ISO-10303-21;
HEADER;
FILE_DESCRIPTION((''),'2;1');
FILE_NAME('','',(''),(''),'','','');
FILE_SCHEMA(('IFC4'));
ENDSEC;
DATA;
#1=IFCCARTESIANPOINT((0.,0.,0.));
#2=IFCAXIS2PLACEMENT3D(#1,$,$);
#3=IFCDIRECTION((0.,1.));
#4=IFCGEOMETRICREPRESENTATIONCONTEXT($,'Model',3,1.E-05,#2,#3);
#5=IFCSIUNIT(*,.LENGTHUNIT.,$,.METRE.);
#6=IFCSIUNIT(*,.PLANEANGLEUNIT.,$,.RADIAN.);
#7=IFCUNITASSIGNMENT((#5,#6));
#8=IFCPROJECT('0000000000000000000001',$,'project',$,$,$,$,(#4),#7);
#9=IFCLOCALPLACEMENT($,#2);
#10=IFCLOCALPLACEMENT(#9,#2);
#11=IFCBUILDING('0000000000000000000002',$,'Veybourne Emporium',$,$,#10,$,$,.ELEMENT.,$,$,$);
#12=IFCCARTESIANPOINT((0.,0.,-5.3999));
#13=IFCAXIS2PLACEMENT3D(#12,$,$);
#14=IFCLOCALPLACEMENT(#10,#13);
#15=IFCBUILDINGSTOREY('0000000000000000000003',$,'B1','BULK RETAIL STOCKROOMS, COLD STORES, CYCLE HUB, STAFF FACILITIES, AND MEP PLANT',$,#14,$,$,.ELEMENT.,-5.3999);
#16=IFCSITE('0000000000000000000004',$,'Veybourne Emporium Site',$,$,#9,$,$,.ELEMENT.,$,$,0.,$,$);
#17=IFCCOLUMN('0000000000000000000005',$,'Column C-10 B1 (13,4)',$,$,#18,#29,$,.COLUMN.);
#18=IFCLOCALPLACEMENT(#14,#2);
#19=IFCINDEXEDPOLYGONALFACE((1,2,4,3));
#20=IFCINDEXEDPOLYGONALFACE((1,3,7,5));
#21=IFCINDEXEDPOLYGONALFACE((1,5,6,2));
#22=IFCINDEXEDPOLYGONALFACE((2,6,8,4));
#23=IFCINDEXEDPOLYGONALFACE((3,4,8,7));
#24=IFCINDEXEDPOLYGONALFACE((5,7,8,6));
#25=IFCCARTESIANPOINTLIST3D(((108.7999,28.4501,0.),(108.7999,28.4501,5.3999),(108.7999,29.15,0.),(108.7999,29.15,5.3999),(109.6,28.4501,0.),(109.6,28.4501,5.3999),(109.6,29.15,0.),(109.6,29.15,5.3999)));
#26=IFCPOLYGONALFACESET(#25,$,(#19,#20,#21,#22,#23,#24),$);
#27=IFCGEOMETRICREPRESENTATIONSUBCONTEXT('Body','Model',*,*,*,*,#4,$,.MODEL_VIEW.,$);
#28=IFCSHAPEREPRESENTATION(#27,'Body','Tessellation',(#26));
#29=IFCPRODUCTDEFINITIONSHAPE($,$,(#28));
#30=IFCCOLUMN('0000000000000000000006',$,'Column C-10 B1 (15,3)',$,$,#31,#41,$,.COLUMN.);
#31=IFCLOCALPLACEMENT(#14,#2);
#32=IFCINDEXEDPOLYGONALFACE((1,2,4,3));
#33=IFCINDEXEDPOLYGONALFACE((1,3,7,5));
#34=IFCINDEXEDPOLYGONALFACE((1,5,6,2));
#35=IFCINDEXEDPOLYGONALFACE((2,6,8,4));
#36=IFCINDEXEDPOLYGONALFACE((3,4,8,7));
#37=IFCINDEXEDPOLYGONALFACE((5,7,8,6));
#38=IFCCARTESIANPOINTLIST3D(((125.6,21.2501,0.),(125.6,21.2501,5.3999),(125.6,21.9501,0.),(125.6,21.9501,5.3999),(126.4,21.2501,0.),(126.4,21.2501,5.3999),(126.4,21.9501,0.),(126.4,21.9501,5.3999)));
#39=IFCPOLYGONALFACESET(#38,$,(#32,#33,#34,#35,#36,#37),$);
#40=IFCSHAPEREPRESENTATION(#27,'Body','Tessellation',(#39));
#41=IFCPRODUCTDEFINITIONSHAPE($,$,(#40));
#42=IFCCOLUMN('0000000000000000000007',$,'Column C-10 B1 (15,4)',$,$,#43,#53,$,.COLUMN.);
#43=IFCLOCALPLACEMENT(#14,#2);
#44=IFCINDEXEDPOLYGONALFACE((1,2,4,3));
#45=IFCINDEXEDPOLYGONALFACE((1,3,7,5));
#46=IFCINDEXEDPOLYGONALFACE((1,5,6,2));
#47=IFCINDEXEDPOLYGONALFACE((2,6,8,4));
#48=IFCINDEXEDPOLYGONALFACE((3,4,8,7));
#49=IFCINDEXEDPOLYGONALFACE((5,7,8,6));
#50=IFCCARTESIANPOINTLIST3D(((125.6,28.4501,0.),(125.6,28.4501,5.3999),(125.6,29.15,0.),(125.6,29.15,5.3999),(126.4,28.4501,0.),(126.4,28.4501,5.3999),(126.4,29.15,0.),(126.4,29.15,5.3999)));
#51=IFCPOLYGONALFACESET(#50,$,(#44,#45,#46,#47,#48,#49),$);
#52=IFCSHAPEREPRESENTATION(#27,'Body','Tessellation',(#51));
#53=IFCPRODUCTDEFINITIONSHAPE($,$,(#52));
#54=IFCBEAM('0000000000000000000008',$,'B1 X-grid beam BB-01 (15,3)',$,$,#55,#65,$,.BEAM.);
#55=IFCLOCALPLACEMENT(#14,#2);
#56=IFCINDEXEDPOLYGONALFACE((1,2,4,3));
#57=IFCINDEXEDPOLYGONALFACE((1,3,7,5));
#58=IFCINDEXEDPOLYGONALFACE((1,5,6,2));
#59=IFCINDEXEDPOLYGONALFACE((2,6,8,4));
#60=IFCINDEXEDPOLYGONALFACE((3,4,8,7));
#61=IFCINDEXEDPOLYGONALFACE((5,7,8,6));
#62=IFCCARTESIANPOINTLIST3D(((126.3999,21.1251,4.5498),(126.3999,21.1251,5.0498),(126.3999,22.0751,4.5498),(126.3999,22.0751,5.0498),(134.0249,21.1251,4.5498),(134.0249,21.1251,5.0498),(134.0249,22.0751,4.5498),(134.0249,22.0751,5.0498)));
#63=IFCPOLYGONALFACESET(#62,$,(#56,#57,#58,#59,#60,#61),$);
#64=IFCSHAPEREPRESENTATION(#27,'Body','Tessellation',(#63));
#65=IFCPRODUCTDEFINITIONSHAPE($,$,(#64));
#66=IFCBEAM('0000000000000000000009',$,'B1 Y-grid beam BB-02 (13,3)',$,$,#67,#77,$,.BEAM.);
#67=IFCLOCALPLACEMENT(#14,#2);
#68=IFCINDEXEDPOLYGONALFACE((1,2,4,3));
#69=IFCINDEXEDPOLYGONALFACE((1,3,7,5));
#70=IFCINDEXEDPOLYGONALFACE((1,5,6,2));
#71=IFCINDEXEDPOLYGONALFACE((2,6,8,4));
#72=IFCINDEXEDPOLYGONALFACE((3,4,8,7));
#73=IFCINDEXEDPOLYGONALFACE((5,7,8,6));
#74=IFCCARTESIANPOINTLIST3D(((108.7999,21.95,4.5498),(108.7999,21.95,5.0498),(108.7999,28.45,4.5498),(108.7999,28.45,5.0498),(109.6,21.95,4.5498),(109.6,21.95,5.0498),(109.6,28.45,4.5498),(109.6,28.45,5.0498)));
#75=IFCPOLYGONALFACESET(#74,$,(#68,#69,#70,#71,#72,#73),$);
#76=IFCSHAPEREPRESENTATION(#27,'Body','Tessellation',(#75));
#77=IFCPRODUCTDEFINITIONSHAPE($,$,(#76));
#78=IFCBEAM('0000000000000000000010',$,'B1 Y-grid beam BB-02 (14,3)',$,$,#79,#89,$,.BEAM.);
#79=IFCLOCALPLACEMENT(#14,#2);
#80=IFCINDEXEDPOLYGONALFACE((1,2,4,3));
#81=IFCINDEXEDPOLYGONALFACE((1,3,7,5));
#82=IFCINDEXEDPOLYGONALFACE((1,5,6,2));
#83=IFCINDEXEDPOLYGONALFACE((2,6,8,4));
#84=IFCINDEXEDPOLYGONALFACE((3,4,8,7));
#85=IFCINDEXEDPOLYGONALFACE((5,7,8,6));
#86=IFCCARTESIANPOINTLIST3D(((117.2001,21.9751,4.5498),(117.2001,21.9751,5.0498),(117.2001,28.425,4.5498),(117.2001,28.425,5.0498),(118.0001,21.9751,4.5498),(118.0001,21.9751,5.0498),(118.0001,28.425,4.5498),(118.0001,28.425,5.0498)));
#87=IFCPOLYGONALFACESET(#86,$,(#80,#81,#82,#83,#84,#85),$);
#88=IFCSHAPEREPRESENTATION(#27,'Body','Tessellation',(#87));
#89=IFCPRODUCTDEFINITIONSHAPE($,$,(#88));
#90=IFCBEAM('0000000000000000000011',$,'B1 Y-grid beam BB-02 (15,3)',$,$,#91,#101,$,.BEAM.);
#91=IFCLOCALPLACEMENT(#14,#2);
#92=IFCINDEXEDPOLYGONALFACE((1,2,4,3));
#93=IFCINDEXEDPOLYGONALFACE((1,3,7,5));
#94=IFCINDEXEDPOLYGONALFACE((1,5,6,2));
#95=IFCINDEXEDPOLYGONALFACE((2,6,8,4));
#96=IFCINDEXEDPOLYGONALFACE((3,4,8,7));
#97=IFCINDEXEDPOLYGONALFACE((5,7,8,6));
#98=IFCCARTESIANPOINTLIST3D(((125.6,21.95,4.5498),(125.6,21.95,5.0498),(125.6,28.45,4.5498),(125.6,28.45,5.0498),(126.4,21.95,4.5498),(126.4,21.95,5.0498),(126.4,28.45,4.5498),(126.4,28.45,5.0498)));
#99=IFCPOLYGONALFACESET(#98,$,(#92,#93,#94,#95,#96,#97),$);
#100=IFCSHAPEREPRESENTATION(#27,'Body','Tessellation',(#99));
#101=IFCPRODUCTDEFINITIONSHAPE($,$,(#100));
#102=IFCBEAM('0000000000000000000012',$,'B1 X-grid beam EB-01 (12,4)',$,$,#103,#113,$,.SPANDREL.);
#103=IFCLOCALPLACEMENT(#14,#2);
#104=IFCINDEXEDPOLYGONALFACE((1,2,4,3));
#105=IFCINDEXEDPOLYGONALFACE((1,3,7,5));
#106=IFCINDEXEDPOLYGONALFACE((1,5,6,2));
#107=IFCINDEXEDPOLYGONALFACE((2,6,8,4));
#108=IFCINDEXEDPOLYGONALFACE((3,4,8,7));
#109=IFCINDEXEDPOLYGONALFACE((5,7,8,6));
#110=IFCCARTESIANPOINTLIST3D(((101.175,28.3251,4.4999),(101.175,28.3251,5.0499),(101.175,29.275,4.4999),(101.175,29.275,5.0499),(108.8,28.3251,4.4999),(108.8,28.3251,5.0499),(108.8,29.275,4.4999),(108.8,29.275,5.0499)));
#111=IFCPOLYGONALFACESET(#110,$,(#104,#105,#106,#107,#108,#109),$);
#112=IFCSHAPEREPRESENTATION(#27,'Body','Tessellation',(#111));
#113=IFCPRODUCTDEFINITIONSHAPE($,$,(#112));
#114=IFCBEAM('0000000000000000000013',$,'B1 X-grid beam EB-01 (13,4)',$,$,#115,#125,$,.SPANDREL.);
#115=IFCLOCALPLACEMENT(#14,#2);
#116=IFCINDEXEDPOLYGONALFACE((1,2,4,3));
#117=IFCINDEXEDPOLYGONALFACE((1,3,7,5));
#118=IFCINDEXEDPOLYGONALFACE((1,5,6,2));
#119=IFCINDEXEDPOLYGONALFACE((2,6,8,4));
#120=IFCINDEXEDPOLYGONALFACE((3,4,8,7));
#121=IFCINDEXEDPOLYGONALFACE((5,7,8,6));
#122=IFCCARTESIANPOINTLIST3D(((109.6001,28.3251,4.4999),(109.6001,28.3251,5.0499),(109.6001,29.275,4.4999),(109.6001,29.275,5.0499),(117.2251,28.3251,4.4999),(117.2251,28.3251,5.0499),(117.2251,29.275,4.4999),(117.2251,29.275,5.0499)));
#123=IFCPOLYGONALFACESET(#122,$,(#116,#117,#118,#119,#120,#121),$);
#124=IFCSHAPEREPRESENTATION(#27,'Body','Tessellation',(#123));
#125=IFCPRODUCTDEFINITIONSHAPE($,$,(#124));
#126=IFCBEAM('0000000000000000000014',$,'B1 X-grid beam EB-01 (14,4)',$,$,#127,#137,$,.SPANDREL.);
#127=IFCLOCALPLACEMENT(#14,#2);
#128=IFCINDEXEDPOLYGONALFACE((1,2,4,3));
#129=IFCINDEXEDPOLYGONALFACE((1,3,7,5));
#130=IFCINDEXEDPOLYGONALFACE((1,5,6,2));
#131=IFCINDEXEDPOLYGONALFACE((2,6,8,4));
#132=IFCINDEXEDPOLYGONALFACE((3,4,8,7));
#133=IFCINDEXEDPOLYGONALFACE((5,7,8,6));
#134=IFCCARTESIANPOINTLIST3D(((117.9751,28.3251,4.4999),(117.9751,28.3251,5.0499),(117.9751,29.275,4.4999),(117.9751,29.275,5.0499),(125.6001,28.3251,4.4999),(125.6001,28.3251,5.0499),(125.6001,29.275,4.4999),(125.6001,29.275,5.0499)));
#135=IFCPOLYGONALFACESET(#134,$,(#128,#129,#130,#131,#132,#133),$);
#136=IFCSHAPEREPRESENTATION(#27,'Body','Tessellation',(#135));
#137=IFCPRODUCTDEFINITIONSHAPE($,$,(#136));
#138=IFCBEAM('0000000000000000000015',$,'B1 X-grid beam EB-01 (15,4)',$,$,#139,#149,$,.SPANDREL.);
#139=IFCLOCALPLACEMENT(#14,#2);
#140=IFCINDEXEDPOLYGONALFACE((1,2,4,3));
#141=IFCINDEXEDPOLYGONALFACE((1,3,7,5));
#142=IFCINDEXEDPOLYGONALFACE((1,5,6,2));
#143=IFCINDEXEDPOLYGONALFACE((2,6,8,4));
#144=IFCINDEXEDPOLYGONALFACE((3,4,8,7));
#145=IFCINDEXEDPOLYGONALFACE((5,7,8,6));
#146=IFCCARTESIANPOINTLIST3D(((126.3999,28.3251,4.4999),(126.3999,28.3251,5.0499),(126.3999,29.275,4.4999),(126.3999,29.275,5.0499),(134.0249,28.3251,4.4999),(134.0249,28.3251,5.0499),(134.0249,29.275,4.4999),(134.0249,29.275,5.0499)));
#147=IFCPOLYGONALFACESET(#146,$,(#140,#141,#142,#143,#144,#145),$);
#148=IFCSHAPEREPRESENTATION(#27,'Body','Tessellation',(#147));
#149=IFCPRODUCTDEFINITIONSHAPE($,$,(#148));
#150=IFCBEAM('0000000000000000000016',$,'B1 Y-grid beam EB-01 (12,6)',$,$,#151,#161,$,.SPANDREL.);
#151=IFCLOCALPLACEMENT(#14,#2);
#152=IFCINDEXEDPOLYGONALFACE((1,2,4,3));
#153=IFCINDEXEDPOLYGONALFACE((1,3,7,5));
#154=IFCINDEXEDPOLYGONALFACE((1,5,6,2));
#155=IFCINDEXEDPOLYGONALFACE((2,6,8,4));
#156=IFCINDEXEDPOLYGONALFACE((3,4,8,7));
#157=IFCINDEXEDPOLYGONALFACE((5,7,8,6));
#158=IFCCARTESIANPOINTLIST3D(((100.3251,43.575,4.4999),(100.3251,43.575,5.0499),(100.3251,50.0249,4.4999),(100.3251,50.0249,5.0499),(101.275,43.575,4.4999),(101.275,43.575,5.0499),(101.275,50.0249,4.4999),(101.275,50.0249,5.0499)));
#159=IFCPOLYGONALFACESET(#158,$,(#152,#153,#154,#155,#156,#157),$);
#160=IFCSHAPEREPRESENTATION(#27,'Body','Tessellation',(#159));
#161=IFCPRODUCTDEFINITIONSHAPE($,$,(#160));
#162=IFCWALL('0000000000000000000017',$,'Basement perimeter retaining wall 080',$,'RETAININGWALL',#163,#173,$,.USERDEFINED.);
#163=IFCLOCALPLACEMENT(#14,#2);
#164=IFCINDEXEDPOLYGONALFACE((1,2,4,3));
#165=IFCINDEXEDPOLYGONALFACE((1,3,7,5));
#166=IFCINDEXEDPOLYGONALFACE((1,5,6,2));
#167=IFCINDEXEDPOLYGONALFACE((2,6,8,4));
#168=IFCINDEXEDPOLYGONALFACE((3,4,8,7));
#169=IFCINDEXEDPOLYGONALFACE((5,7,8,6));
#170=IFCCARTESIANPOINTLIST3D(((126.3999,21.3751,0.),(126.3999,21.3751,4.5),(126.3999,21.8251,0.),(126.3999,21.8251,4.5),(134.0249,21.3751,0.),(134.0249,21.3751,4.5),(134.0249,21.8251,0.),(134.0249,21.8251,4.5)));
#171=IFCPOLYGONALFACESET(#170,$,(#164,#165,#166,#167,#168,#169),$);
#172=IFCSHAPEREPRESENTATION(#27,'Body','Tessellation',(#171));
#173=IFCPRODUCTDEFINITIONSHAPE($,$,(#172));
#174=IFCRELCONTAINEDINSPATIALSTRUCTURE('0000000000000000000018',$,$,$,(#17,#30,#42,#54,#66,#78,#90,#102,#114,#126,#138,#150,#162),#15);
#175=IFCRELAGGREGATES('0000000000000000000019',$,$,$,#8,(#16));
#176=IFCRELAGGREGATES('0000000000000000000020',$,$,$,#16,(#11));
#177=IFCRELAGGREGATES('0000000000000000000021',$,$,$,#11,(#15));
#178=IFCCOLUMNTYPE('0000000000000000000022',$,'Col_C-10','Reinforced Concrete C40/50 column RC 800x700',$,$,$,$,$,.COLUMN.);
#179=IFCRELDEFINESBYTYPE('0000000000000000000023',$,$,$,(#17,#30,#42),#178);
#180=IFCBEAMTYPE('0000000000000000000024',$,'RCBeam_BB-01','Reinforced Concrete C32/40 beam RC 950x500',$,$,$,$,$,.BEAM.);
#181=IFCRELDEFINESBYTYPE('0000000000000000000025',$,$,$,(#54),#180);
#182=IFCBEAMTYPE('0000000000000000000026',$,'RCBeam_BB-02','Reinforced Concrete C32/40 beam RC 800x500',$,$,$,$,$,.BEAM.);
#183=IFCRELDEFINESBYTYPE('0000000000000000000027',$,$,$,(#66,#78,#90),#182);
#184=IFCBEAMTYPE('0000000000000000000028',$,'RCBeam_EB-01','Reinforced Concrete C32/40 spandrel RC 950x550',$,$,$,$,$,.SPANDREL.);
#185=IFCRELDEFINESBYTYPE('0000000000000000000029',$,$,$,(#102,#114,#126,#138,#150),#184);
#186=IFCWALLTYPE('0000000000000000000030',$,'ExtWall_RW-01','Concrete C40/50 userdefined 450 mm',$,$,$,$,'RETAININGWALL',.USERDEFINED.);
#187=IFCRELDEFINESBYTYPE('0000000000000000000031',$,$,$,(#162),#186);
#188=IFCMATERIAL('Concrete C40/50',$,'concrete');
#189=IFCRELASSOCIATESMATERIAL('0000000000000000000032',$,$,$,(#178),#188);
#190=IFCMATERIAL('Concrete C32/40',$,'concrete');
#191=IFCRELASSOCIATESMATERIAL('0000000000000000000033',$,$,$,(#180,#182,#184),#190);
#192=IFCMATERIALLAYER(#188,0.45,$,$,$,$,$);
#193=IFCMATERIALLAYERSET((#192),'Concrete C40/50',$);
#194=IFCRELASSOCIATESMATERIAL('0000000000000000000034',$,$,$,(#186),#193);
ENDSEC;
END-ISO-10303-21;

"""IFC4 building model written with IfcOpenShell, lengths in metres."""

from ifc_helpers import new_model, si_unit, direction, frame, frame_2d, origin, origin_2d, place, context, subcontext, project, spatial, rectangle, extrude, material, layer, layer_set, material_profile, profile_set, type_object, element, save


model = new_model("IFC4")

# Units and contexts
model_context = context("Model", 3, precision=1e-05, world=origin(), true_north=direction((0.0, 1.0)))
body_context = subcontext(model_context, "Body", "Model", "MODEL_VIEW")
ifc_project = project(units=[si_unit("LENGTHUNIT", "METRE"), si_unit("PLANEANGLEUNIT", "RADIAN")], contexts=[model_context])

# Site, building, storey
site_placement = place(None, origin())
site = spatial("IfcSite", under=ifc_project, at=site_placement, Name="Veybourne Emporium Site", CompositionType="ELEMENT", RefElevation=0.0)
building_placement = place(site_placement, origin())
building = spatial("IfcBuilding", under=site, at=building_placement, Name="Veybourne Emporium", CompositionType="ELEMENT")
storey_placement = place(building_placement, frame((0.0, 0.0, -5.3999)))
storey = spatial("IfcBuildingStorey", under=building, at=storey_placement, Name="B1", Description="BULK RETAIL STOCKROOMS, COLD STORES, CYCLE HUB, STAFF FACILITIES, AND MEP PLANT", CompositionType="ELEMENT", Elevation=-5.3999)

# Columns
ifc_material_1 = material(Name="Concrete C40/50", Category="concrete")
ifc_material_profile_1 = material_profile(ifc_material_1, rectangle(XDim=0.8, YDim=0.7, at=origin_2d()), Name="RC 800x700")
ifc_profile_set_1 = profile_set([ifc_material_profile_1], Name="Concrete C40/50")
column_type_1 = type_object("IfcColumnType", Name="Col_C-10", Description="Reinforced Concrete C40/50 column RC 800x700", PredefinedType="COLUMN", material=ifc_profile_set_1)
for number, where, z_axis, x_axis, name in (
    (1, (109.2, 28.8, 0.0), (0.0, 0.0, 1.0), (1.0, 0.0, 0.0), "Column C-10 B1 (13,4)"),
    (2, (126.0, 21.6001, 0.0), (0.0, 0.0, 1.0), (1.0, 0.0, 0.0), "Column C-10 B1 (15,3)"),
    (3, (126.0, 28.8, 0.0), (0.0, 0.0, 1.0), (1.0, 0.0, 0.0), "Column C-10 B1 (15,4)"),
):
    element("IfcColumn", number, at=place(storey_placement, frame(where, z_axis=z_axis, x_axis=x_axis)), inside=storey, type_object=column_type_1, Name=name, PredefinedType="COLUMN", context=body_context, shape_type="SweptSolid", body=[
        extrude(rectangle(XDim=0.8, YDim=0.7, at=origin_2d()), origin(), (0.0, 0.0, 1.0), 5.3999),
    ])

# Beams
ifc_material_2 = material(Name="Concrete C32/40", Category="concrete")
ifc_material_profile_2 = material_profile(ifc_material_2, rectangle(XDim=0.95, YDim=0.5, at=origin_2d()), Name="RC 950x500")
ifc_profile_set_2 = profile_set([ifc_material_profile_2], Name="Concrete C32/40")
beam_type_1 = type_object("IfcBeamType", Name="RCBeam_BB-01", Description="Reinforced Concrete C32/40 beam RC 950x500", PredefinedType="BEAM", material=ifc_profile_set_2)
beam_1_placement = place(storey_placement, frame((126.3999, 21.6001, 4.7998), z_axis=(1.0, 0.0, 0.0), x_axis=(0.0, 1.0, 0.0)))
element("IfcBeam", 4, at=beam_1_placement, inside=storey, type_object=beam_type_1, Name="B1 X-grid beam BB-01 (15,3)", PredefinedType="BEAM", context=body_context, shape_type="SweptSolid", body=[
    extrude(rectangle(XDim=0.95, YDim=0.5, at=origin_2d()), origin(), (0.0, 0.0, 1.0), 7.625),
])
ifc_material_profile_3 = material_profile(ifc_material_2, rectangle(XDim=0.8, YDim=0.5, at=origin_2d()), Name="RC 800x500")
ifc_profile_set_3 = profile_set([ifc_material_profile_3], Name="Concrete C32/40")
beam_type_2 = type_object("IfcBeamType", Name="RCBeam_BB-02", Description="Reinforced Concrete C32/40 beam RC 800x500", PredefinedType="BEAM", material=ifc_profile_set_3)
beam_2_placement = place(storey_placement, frame((109.2, 21.95, 4.7998), z_axis=(0.0, 1.0, 0.0), x_axis=(-1.0, 0.0, 0.0)))
element("IfcBeam", 5, at=beam_2_placement, inside=storey, type_object=beam_type_2, Name="B1 Y-grid beam BB-02 (13,3)", PredefinedType="BEAM", context=body_context, shape_type="SweptSolid", body=[
    extrude(rectangle(XDim=0.8, YDim=0.5, at=origin_2d()), origin(), (0.0, 0.0, 1.0), 6.5),
])
beam_3_placement = place(storey_placement, frame((117.6001, 21.9751, 4.7998), z_axis=(0.0, 1.0, 0.0), x_axis=(-1.0, 0.0, 0.0)))
element("IfcBeam", 6, at=beam_3_placement, inside=storey, type_object=beam_type_2, Name="B1 Y-grid beam BB-02 (14,3)", PredefinedType="BEAM", context=body_context, shape_type="SweptSolid", body=[
    extrude(rectangle(XDim=0.8, YDim=0.5, at=origin_2d()), origin(), (0.0, 0.0, 1.0), 6.45),
])
beam_4_placement = place(storey_placement, frame((126.0, 21.95, 4.7998), z_axis=(0.0, 1.0, 0.0), x_axis=(-1.0, 0.0, 0.0)))
element("IfcBeam", 7, at=beam_4_placement, inside=storey, type_object=beam_type_2, Name="B1 Y-grid beam BB-02 (15,3)", PredefinedType="BEAM", context=body_context, shape_type="SweptSolid", body=[
    extrude(rectangle(XDim=0.8, YDim=0.5, at=origin_2d()), origin(), (0.0, 0.0, 1.0), 6.5),
])
ifc_material_profile_4 = material_profile(ifc_material_2, rectangle(XDim=0.95, YDim=0.55, at=origin_2d()), Name="RC 950x550")
ifc_profile_set_4 = profile_set([ifc_material_profile_4], Name="Concrete C32/40")
beam_type_3 = type_object("IfcBeamType", Name="RCBeam_EB-01", Description="Reinforced Concrete C32/40 spandrel RC 950x550", PredefinedType="SPANDREL", material=ifc_profile_set_4)
for number, where, z_axis, x_axis, name in (
    (8, (101.175, 28.8, 4.7749), (1.0, 0.0, 0.0), (0.0, 1.0, 0.0), "B1 X-grid beam EB-01 (12,4)"),
    (9, (109.6001, 28.8, 4.7749), (1.0, 0.0, 0.0), (0.0, 1.0, 0.0), "B1 X-grid beam EB-01 (13,4)"),
    (10, (117.9751, 28.8, 4.7749), (1.0, 0.0, 0.0), (0.0, 1.0, 0.0), "B1 X-grid beam EB-01 (14,4)"),
    (11, (126.3999, 28.8, 4.7749), (1.0, 0.0, 0.0), (0.0, 1.0, 0.0), "B1 X-grid beam EB-01 (15,4)"),
):
    element("IfcBeam", number, at=place(storey_placement, frame(where, z_axis=z_axis, x_axis=x_axis)), inside=storey, type_object=beam_type_3, Name=name, PredefinedType="SPANDREL", context=body_context, shape_type="SweptSolid", body=[
        extrude(rectangle(XDim=0.95, YDim=0.55, at=origin_2d()), origin(), (0.0, 0.0, 1.0), 7.625),
    ])
beam_5_placement = place(storey_placement, frame((100.8, 43.575, 4.7749), z_axis=(0.0, 1.0, 0.0), x_axis=(-1.0, 0.0, 0.0)))
element("IfcBeam", 12, at=beam_5_placement, inside=storey, type_object=beam_type_3, Name="B1 Y-grid beam EB-01 (12,6)", PredefinedType="SPANDREL", context=body_context, shape_type="SweptSolid", body=[
    extrude(rectangle(XDim=0.95, YDim=0.55, at=origin_2d()), origin(), (0.0, 0.0, 1.0), 6.45),
])

# Wall
ifc_layer = layer(ifc_material_1, 0.45)
ifc_layer_set = layer_set([ifc_layer], Name="Concrete C40/50")
wall_type = type_object("IfcWallType", Name="ExtWall_RW-01", Description="Concrete C40/50 userdefined 450 mm", ElementType="RETAININGWALL", PredefinedType="USERDEFINED", material=ifc_layer_set)
wall_placement = place(storey_placement, frame((126.3999, 21.6001, 0.0), z_axis=(0.0, 0.0, 1.0), x_axis=(1.0, 0.0, 0.0)))
element("IfcWall", 13, at=wall_placement, inside=storey, type_object=wall_type, Name="Basement perimeter retaining wall 080", ObjectType="RETAININGWALL", PredefinedType="USERDEFINED", context=body_context, shape_type="SweptSolid", body=[
    extrude(rectangle(XDim=7.625, YDim=0.45, at=frame_2d((3.8125, 0.0))), origin(), (0.0, 0.0, 1.0), 4.5),
])

save(model, "model.ifc")
